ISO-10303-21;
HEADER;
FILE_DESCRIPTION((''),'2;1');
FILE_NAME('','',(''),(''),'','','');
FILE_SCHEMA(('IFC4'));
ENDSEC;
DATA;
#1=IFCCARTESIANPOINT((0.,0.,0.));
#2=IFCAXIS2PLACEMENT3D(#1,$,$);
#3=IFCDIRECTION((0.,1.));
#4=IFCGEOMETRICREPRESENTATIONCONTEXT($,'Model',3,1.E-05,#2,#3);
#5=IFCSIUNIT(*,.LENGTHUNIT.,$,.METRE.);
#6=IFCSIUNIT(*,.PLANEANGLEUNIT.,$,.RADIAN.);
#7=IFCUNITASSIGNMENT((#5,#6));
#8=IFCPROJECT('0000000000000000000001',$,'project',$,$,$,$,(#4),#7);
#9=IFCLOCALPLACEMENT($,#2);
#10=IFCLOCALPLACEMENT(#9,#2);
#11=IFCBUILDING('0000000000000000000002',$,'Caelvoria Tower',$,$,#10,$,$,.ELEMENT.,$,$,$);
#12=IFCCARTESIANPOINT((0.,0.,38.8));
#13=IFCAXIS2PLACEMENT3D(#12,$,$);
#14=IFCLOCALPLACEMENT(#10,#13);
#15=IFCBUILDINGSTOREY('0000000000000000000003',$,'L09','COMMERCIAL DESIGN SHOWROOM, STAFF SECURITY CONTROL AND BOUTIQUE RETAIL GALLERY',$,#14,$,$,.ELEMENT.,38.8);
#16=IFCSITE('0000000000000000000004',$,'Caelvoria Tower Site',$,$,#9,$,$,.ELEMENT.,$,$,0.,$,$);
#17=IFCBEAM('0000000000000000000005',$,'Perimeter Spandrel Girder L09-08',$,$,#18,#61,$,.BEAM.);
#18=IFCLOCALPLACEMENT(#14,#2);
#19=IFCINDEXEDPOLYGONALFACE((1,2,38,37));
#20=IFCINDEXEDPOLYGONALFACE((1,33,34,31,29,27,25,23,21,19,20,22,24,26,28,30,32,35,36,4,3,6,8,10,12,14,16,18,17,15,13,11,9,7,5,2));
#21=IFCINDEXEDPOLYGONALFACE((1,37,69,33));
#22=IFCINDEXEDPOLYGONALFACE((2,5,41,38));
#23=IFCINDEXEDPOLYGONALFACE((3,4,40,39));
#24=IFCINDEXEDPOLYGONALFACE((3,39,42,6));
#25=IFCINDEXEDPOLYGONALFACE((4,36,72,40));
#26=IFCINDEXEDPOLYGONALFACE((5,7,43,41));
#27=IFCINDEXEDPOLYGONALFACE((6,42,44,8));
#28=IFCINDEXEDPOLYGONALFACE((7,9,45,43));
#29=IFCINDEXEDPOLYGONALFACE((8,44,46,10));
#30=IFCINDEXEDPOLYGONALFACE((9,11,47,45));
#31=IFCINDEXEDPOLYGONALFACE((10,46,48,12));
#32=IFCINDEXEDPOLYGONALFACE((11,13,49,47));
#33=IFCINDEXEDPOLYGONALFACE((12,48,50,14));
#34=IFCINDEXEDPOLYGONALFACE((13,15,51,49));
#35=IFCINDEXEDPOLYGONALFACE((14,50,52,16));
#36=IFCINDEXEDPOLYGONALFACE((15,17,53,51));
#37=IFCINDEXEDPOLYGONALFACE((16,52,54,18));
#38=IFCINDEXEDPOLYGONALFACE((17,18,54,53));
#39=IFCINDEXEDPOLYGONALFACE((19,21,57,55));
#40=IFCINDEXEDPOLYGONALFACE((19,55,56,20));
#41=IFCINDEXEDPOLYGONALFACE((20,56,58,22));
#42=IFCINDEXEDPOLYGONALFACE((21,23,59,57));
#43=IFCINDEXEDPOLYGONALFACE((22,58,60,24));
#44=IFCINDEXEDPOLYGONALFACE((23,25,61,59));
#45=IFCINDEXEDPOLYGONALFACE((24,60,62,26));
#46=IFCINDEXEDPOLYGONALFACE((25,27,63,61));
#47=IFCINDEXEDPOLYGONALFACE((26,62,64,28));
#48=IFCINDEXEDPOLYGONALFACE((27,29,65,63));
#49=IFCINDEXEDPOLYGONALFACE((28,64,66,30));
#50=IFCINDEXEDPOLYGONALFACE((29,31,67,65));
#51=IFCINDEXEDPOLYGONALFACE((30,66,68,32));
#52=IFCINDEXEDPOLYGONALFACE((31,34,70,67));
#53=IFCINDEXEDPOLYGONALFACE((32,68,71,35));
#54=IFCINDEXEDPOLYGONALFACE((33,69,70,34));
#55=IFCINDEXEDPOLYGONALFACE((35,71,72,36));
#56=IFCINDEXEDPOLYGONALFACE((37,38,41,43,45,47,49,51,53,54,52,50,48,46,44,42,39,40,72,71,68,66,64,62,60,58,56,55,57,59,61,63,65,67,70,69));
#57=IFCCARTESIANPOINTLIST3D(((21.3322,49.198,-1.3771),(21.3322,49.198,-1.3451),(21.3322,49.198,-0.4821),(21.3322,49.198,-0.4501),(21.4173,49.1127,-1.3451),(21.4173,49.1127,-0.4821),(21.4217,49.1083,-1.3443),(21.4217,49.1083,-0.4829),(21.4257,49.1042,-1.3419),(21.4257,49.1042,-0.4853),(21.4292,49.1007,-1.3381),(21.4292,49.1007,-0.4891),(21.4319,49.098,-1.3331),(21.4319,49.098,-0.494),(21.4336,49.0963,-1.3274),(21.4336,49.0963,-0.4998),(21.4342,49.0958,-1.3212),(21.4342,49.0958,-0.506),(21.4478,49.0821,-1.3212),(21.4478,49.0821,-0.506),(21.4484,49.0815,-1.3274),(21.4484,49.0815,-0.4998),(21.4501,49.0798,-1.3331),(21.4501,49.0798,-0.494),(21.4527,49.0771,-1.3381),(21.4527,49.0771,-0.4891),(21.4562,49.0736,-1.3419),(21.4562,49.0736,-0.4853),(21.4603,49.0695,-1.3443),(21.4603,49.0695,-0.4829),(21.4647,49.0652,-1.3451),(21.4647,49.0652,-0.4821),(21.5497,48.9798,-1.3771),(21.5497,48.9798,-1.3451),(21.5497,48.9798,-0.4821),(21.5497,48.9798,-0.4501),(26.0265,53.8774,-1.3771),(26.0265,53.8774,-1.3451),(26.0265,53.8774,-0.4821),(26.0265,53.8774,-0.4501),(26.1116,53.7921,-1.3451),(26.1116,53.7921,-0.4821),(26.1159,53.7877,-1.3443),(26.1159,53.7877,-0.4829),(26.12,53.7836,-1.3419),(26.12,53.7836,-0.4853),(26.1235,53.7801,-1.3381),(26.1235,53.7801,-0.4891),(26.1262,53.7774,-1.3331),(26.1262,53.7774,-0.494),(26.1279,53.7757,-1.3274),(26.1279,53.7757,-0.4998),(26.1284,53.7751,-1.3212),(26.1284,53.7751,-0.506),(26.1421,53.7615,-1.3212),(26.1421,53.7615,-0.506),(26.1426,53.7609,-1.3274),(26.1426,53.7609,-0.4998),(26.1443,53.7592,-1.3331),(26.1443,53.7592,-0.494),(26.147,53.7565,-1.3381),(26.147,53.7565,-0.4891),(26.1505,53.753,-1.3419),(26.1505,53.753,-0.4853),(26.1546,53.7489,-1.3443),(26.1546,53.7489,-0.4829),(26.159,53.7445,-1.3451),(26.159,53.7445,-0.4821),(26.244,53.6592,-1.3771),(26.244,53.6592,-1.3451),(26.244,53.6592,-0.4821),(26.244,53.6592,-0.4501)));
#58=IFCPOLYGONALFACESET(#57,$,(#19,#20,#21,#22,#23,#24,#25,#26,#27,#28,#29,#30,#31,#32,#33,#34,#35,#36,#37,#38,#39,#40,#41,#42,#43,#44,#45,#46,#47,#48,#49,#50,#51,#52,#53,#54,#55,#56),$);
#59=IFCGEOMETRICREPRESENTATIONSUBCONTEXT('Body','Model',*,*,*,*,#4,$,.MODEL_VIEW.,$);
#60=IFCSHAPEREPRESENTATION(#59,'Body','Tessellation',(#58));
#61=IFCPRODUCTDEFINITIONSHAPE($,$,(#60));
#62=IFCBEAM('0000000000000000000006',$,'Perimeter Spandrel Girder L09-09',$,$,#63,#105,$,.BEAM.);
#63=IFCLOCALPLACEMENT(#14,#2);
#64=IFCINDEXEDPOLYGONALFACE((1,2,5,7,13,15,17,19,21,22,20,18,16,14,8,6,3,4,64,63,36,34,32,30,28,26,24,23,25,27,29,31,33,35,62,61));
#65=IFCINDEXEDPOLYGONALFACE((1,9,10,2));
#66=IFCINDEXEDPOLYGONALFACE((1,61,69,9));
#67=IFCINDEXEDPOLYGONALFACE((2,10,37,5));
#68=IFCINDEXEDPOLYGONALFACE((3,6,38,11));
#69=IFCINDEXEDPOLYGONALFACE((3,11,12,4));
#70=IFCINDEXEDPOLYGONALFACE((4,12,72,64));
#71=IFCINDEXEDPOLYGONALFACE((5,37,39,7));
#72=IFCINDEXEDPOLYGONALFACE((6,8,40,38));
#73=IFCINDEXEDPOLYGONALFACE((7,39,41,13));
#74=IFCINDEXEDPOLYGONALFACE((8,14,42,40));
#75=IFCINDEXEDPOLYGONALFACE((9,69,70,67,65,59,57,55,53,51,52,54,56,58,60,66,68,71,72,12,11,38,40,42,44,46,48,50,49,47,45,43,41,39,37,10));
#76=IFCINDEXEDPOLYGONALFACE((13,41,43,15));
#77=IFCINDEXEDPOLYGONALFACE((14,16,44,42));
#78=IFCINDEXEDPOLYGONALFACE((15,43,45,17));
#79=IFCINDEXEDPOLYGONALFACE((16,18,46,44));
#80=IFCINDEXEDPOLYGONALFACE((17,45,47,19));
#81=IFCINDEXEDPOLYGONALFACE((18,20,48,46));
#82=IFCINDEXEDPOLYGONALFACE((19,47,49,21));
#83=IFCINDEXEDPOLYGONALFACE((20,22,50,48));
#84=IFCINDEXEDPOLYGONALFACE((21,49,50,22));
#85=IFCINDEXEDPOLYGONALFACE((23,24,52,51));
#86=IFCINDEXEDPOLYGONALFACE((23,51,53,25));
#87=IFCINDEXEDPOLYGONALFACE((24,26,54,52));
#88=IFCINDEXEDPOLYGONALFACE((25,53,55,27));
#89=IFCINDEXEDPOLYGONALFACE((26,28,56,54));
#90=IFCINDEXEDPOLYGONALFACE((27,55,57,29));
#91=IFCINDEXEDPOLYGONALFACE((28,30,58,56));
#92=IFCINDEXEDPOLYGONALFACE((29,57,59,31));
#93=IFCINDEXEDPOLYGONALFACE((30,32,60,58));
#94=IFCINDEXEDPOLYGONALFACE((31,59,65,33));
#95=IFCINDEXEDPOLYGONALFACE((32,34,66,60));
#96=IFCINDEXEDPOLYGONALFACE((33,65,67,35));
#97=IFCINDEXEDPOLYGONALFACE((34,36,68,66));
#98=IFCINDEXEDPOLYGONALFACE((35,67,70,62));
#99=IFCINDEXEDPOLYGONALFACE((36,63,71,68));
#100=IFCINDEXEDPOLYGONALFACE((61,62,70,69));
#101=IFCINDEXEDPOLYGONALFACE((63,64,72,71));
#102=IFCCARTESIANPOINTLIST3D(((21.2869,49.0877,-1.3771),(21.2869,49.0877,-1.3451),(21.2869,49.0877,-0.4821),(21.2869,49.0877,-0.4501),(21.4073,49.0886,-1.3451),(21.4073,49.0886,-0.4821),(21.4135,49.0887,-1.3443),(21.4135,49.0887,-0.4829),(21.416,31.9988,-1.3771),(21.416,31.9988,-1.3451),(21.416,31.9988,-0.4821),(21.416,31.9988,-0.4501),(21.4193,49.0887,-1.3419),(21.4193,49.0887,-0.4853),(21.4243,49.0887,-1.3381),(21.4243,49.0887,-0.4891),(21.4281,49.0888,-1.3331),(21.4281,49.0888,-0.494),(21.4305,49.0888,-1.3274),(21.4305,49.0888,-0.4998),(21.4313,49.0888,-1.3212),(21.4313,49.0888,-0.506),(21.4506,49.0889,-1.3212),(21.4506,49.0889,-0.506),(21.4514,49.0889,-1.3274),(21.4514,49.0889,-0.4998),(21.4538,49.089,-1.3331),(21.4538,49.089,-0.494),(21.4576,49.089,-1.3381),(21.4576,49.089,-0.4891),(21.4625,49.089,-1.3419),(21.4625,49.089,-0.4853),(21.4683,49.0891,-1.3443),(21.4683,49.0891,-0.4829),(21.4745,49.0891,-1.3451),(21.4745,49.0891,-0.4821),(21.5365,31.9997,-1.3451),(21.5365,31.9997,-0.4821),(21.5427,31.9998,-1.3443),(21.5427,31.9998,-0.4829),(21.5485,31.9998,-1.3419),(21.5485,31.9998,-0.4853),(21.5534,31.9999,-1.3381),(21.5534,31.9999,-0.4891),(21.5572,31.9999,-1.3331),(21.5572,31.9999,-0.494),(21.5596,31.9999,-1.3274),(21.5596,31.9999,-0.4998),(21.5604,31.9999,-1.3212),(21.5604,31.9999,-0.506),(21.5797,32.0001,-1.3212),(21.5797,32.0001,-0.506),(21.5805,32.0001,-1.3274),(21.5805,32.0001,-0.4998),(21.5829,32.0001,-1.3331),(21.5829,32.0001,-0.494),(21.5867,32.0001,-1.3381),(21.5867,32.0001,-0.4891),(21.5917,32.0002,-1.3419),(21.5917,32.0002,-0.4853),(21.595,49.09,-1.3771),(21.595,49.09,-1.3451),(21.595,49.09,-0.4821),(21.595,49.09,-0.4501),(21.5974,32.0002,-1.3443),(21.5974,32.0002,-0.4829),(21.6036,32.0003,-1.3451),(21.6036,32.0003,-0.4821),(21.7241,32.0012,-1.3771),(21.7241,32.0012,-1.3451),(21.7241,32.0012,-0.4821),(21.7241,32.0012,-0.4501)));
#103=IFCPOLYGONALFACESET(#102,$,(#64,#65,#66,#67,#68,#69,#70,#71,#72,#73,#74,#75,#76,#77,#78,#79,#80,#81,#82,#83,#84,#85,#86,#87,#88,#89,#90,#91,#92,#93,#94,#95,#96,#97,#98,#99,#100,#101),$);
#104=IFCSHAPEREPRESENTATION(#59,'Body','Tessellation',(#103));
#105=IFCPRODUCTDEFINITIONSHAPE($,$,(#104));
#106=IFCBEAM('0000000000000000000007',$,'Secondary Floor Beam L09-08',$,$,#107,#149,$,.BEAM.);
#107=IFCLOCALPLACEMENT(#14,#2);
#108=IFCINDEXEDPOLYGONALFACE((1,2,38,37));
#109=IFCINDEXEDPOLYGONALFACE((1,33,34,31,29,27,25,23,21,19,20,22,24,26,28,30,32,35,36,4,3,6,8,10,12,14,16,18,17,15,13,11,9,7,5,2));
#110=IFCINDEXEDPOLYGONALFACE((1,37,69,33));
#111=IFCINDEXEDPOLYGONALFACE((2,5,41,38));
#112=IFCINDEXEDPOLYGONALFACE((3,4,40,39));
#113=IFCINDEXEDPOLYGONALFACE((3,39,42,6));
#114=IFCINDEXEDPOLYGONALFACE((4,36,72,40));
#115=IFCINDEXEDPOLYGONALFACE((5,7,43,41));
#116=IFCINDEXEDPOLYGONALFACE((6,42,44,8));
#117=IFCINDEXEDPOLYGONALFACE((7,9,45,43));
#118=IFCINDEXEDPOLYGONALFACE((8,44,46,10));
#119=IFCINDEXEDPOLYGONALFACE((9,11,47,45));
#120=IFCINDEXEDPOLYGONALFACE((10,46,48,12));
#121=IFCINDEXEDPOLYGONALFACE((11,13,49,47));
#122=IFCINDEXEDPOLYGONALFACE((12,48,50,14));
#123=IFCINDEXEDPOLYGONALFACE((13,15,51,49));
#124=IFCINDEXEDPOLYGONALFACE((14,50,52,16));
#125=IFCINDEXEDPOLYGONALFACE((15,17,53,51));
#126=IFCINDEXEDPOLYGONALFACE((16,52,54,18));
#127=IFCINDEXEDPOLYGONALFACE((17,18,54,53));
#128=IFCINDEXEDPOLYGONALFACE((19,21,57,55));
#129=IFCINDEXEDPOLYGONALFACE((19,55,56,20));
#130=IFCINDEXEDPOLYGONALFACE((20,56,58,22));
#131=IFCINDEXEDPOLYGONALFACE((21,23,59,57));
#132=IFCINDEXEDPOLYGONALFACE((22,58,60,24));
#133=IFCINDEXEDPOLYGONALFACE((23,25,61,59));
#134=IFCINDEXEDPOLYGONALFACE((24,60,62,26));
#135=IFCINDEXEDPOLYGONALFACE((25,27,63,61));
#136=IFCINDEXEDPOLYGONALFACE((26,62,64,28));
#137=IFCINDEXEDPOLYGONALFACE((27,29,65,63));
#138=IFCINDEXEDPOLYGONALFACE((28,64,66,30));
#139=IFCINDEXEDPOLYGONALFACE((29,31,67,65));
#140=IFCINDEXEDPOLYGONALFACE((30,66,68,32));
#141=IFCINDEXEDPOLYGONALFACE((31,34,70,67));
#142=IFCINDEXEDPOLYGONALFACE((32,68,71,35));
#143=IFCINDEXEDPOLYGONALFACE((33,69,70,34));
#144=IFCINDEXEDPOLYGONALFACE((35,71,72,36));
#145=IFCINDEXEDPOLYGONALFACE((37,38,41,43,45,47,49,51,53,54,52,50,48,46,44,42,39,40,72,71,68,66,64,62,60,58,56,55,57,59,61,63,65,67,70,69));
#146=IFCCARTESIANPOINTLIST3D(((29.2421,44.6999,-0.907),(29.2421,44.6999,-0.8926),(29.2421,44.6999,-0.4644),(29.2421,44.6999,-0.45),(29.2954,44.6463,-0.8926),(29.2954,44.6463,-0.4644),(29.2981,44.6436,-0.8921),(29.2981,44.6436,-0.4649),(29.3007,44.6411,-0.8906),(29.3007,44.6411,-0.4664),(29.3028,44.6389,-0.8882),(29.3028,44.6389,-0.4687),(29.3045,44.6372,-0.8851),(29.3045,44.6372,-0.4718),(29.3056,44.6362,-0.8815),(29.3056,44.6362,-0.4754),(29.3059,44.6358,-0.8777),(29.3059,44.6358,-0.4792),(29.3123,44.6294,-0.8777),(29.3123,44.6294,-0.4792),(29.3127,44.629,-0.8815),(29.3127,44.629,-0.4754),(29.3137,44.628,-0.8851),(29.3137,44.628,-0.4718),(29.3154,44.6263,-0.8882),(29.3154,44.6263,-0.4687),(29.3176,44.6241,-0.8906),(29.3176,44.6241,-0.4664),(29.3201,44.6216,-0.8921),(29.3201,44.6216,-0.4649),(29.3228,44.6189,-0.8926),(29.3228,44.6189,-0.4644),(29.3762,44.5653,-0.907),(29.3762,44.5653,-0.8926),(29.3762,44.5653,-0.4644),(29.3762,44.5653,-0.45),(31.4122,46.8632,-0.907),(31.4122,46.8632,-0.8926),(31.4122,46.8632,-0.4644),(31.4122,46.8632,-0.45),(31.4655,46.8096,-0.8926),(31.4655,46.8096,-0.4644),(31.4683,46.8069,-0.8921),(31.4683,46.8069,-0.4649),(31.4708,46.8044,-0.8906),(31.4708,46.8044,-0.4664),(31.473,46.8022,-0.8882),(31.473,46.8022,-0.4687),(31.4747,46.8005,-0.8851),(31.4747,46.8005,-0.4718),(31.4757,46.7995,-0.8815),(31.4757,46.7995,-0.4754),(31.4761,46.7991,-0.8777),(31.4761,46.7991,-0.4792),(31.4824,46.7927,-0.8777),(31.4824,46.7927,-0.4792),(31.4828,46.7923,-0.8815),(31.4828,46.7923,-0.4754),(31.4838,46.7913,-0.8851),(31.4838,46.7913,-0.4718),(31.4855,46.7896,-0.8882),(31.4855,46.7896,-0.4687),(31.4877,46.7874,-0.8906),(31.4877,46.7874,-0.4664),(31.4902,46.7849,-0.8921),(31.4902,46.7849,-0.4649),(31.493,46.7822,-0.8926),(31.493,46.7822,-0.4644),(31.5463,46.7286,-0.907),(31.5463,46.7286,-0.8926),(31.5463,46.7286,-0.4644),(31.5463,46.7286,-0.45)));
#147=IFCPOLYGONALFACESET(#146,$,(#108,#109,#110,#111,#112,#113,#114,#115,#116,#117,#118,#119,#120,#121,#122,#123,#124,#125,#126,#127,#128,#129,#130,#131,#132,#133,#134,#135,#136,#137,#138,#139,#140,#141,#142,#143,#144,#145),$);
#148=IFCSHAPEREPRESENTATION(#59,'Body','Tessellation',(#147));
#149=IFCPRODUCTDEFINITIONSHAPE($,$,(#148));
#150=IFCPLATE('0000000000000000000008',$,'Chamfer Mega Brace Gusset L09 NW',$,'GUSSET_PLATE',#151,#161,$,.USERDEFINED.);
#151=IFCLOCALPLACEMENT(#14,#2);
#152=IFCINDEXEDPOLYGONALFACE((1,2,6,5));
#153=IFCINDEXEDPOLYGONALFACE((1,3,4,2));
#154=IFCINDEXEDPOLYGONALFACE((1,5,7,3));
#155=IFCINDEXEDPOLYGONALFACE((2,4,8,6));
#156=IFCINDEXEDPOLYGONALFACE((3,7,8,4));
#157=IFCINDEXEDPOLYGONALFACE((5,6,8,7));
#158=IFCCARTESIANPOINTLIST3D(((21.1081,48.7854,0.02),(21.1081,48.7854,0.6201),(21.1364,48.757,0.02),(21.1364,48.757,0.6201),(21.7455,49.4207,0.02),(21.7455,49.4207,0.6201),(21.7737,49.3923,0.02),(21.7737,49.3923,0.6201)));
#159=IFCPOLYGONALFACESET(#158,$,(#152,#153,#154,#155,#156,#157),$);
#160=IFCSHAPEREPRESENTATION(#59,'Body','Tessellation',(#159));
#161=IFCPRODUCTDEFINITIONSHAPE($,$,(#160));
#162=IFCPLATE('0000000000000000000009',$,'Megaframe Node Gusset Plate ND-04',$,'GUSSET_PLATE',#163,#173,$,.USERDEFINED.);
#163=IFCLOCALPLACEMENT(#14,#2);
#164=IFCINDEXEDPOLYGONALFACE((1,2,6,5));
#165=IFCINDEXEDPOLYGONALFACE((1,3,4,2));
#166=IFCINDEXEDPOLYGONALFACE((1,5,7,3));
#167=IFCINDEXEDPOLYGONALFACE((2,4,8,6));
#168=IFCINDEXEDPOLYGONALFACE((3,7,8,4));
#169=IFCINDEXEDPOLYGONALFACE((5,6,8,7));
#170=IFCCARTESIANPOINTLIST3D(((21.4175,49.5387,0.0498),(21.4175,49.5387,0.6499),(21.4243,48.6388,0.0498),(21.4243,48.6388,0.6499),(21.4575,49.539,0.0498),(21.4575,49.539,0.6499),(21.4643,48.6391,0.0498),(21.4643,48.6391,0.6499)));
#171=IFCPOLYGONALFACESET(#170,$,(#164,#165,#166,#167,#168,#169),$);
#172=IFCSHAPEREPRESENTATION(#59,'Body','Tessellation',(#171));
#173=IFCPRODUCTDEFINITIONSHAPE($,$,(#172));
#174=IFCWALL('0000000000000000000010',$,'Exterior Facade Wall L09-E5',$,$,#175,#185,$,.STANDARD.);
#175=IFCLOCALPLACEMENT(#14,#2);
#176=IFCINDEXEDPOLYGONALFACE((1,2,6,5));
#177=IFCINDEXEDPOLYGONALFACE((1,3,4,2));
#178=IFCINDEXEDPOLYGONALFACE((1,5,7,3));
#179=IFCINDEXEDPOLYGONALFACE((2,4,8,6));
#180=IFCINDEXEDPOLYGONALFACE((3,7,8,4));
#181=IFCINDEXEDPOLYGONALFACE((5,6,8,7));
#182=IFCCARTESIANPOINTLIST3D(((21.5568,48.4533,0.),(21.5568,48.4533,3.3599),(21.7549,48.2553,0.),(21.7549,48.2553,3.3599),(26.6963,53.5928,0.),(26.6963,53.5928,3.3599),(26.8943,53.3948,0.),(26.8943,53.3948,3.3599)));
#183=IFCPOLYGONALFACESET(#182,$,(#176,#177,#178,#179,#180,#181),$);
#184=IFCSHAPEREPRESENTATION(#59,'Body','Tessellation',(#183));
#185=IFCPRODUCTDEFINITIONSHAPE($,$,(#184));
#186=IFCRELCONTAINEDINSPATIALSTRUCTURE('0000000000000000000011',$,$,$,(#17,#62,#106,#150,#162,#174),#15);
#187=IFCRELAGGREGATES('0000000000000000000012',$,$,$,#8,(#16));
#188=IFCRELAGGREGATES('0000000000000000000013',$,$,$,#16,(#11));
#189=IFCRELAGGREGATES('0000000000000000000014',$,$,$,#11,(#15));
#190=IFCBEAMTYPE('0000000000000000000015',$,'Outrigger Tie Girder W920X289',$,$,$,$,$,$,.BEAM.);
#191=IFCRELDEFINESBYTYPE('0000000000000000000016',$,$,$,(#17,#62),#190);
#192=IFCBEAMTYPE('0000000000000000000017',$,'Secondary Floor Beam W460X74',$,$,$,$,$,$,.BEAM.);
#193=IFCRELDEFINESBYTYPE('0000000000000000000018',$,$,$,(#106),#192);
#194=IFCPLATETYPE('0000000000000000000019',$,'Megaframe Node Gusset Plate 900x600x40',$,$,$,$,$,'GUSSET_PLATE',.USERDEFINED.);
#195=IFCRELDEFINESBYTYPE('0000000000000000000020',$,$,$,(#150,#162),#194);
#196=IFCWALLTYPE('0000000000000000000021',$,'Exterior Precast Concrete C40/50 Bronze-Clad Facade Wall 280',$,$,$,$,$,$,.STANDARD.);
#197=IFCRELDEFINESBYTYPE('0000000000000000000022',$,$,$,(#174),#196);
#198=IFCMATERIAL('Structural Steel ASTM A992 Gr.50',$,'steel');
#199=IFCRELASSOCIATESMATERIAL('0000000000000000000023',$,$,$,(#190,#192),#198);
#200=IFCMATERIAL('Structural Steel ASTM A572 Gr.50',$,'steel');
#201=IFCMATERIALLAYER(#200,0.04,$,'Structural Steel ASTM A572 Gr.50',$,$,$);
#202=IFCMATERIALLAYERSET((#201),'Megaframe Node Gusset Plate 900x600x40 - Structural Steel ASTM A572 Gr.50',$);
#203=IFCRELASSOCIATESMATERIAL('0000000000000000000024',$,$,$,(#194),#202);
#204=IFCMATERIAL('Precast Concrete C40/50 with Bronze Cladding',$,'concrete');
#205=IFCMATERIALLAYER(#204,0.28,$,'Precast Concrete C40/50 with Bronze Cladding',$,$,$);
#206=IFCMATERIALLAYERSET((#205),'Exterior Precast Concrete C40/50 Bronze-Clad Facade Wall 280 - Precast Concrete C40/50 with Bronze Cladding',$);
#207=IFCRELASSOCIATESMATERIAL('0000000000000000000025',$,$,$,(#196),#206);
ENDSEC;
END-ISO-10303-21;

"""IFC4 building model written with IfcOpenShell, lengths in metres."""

from ifc_helpers import new_model, si_unit, direction, frame, frame_2d, origin, origin_2d, place, context, subcontext, project, spatial, rectangle, i_section, extrude, material, layer, layer_set, material_profile, profile_set, type_object, element, save


model = new_model("IFC4")

# Units and contexts
model_context = context("Model", 3, precision=1e-05, world=origin(), true_north=direction((0.0, 1.0)))
body_context = subcontext(model_context, "Body", "Model", "MODEL_VIEW")
ifc_project = project(units=[si_unit("LENGTHUNIT", "METRE"), si_unit("PLANEANGLEUNIT", "RADIAN")], contexts=[model_context])

# Site, building, storey
site_placement = place(None, origin())
site = spatial("IfcSite", under=ifc_project, at=site_placement, Name="Caelvoria Tower Site", CompositionType="ELEMENT", RefElevation=0.0)
building_placement = place(site_placement, origin())
building = spatial("IfcBuilding", under=site, at=building_placement, Name="Caelvoria Tower", CompositionType="ELEMENT")
storey_placement = place(building_placement, frame((0.0, 0.0, 38.8)))
storey = spatial("IfcBuildingStorey", under=building, at=storey_placement, Name="L09", Description="COMMERCIAL DESIGN SHOWROOM, STAFF SECURITY CONTROL AND BOUTIQUE RETAIL GALLERY", CompositionType="ELEMENT", Elevation=38.8)

# Shared definitions
ifc_material_1 = material(Name="Structural Steel ASTM A572 Gr.50", Category="steel")

# Beams
ifc_material_2 = material(Name="Structural Steel ASTM A992 Gr.50", Category="steel")
ifc_material_profile_1 = material_profile(ifc_material_2, i_section(OverallWidth=0.3081, OverallDepth=0.927, WebThickness=0.0193, FlangeThickness=0.032, FilletRadius=0.0239, at=origin_2d()), Name="Structural Steel ASTM A992 Gr.50")
ifc_profile_set_1 = profile_set([ifc_material_profile_1], Name="W920X289 - Structural Steel ASTM A992 Gr.50")
beam_type_1 = type_object("IfcBeamType", Name="Outrigger Tie Girder W920X289", PredefinedType="BEAM", material=ifc_profile_set_1)
beam_1_placement = place(storey_placement, frame((26.1353, 53.7683, -0.9136), z_axis=(-0.708229, -0.705982, 0.0), x_axis=(0.705982, -0.708229, 0.0)))
element("IfcBeam", 1, at=beam_1_placement, inside=storey, type_object=beam_type_1, Name="Perimeter Spandrel Girder L09-08", PredefinedType="BEAM", context=body_context, shape_type="SweptSolid", body=[
    extrude(i_section(OverallWidth=0.3081, OverallDepth=0.927, WebThickness=0.0193, FlangeThickness=0.032, FilletRadius=0.0239, at=origin_2d()), origin(), (0.0, 0.0, 1.0), 6.6282),
])
beam_2_placement = place(storey_placement, frame((21.4409, 49.0889, -0.9136), z_axis=(0.007557, -0.999971, 0.0), x_axis=(0.999971, 0.007557, 0.0)))
element("IfcBeam", 2, at=beam_2_placement, inside=storey, type_object=beam_type_1, Name="Perimeter Spandrel Girder L09-09", PredefinedType="BEAM", context=body_context, shape_type="SweptSolid", body=[
    extrude(i_section(OverallWidth=0.3081, OverallDepth=0.927, WebThickness=0.0193, FlangeThickness=0.032, FilletRadius=0.0239, at=origin_2d()), origin(), (0.0, 0.0, 1.0), 17.0894),
])
ifc_material_profile_2 = material_profile(ifc_material_2, i_section(OverallWidth=0.1899, OverallDepth=0.457, WebThickness=0.009, FlangeThickness=0.0144, FilletRadius=0.0149, at=origin_2d()), Name="Structural Steel ASTM A992 Gr.50")
ifc_profile_set_2 = profile_set([ifc_material_profile_2], Name="W460X74 - Structural Steel ASTM A992 Gr.50")
beam_type_2 = type_object("IfcBeamType", Name="Secondary Floor Beam W460X74", PredefinedType="BEAM", material=ifc_profile_set_2)
beam_3_placement = place(storey_placement, frame((31.4792, 46.7959, -0.6785), z_axis=(-0.708221, -0.70599, 0.0), x_axis=(0.70599, -0.708221, 0.0)))
element("IfcBeam", 3, at=beam_3_placement, inside=storey, type_object=beam_type_2, Name="Secondary Floor Beam L09-08", PredefinedType="BEAM", context=body_context, shape_type="SweptSolid", body=[
    extrude(i_section(OverallWidth=0.1899, OverallDepth=0.457, WebThickness=0.009, FlangeThickness=0.0144, FilletRadius=0.0149, at=origin_2d()), origin(), (0.0, 0.0, 1.0), 3.0642),
])

# Plates
ifc_layer_1 = layer(ifc_material_1, 0.04, Name="Structural Steel ASTM A572 Gr.50")
ifc_layer_set_1 = layer_set([ifc_layer_1], Name="Megaframe Node Gusset Plate 900x600x40 - Structural Steel ASTM A572 Gr.50")
plate_type = type_object("IfcPlateType", Name="Megaframe Node Gusset Plate 900x600x40", ElementType="GUSSET_PLATE", PredefinedType="USERDEFINED", material=ifc_layer_set_1)
for number, where, z_axis, x_axis, name in (
    (4, (21.4409, 49.0889, 0.02), (0.0, 0.0, 1.0), (0.70823, 0.705982, 0.0), "Chamfer Mega Brace Gusset L09 NW"),
    (5, (21.4409, 49.0889, 0.0498), (0.0, 0.0, 1.0), (0.007548, -0.999972, 0.0), "Megaframe Node Gusset Plate ND-04"),
):
    element("IfcPlate", number, at=place(storey_placement, frame(where, z_axis=z_axis, x_axis=x_axis)), inside=storey, type_object=plate_type, Name=name, ObjectType="GUSSET_PLATE", PredefinedType="USERDEFINED", context=body_context, shape_type="SweptSolid", body=[
        extrude(rectangle(XDim=0.8999, YDim=0.04, at=origin_2d()), origin(), (0.0, 0.0, 1.0), 0.6001),
    ])

# Wall
ifc_material_3 = material(Name="Precast Concrete C40/50 with Bronze Cladding", Category="concrete")
ifc_layer_2 = layer(ifc_material_3, 0.28, Name="Precast Concrete C40/50 with Bronze Cladding")
ifc_layer_set_2 = layer_set([ifc_layer_2], Name="Exterior Precast Concrete C40/50 Bronze-Clad Facade Wall 280 - Precast Concrete C40/50 with Bronze Cladding")
wall_type = type_object("IfcWallType", Name="Exterior Precast Concrete C40/50 Bronze-Clad Facade Wall 280", PredefinedType="STANDARD", material=ifc_layer_set_2)
wall_1_placement = place(storey_placement, frame((26.7954, 53.4939, 0.0), z_axis=(0.0, 0.0, 1.0), x_axis=(-0.707107, -0.707107, 0.0)))
element("IfcWall", 6, at=wall_1_placement, inside=storey, type_object=wall_type, Name="Exterior Facade Wall L09-E5", PredefinedType="STANDARD", context=body_context, shape_type="SweptSolid", body=[
    extrude(rectangle(XDim=7.2683, YDim=0.28, at=frame_2d((3.6343, 0.0))), origin(), (0.0, 0.0, 1.0), 3.3599),
])

save(model, "model.ifc")
